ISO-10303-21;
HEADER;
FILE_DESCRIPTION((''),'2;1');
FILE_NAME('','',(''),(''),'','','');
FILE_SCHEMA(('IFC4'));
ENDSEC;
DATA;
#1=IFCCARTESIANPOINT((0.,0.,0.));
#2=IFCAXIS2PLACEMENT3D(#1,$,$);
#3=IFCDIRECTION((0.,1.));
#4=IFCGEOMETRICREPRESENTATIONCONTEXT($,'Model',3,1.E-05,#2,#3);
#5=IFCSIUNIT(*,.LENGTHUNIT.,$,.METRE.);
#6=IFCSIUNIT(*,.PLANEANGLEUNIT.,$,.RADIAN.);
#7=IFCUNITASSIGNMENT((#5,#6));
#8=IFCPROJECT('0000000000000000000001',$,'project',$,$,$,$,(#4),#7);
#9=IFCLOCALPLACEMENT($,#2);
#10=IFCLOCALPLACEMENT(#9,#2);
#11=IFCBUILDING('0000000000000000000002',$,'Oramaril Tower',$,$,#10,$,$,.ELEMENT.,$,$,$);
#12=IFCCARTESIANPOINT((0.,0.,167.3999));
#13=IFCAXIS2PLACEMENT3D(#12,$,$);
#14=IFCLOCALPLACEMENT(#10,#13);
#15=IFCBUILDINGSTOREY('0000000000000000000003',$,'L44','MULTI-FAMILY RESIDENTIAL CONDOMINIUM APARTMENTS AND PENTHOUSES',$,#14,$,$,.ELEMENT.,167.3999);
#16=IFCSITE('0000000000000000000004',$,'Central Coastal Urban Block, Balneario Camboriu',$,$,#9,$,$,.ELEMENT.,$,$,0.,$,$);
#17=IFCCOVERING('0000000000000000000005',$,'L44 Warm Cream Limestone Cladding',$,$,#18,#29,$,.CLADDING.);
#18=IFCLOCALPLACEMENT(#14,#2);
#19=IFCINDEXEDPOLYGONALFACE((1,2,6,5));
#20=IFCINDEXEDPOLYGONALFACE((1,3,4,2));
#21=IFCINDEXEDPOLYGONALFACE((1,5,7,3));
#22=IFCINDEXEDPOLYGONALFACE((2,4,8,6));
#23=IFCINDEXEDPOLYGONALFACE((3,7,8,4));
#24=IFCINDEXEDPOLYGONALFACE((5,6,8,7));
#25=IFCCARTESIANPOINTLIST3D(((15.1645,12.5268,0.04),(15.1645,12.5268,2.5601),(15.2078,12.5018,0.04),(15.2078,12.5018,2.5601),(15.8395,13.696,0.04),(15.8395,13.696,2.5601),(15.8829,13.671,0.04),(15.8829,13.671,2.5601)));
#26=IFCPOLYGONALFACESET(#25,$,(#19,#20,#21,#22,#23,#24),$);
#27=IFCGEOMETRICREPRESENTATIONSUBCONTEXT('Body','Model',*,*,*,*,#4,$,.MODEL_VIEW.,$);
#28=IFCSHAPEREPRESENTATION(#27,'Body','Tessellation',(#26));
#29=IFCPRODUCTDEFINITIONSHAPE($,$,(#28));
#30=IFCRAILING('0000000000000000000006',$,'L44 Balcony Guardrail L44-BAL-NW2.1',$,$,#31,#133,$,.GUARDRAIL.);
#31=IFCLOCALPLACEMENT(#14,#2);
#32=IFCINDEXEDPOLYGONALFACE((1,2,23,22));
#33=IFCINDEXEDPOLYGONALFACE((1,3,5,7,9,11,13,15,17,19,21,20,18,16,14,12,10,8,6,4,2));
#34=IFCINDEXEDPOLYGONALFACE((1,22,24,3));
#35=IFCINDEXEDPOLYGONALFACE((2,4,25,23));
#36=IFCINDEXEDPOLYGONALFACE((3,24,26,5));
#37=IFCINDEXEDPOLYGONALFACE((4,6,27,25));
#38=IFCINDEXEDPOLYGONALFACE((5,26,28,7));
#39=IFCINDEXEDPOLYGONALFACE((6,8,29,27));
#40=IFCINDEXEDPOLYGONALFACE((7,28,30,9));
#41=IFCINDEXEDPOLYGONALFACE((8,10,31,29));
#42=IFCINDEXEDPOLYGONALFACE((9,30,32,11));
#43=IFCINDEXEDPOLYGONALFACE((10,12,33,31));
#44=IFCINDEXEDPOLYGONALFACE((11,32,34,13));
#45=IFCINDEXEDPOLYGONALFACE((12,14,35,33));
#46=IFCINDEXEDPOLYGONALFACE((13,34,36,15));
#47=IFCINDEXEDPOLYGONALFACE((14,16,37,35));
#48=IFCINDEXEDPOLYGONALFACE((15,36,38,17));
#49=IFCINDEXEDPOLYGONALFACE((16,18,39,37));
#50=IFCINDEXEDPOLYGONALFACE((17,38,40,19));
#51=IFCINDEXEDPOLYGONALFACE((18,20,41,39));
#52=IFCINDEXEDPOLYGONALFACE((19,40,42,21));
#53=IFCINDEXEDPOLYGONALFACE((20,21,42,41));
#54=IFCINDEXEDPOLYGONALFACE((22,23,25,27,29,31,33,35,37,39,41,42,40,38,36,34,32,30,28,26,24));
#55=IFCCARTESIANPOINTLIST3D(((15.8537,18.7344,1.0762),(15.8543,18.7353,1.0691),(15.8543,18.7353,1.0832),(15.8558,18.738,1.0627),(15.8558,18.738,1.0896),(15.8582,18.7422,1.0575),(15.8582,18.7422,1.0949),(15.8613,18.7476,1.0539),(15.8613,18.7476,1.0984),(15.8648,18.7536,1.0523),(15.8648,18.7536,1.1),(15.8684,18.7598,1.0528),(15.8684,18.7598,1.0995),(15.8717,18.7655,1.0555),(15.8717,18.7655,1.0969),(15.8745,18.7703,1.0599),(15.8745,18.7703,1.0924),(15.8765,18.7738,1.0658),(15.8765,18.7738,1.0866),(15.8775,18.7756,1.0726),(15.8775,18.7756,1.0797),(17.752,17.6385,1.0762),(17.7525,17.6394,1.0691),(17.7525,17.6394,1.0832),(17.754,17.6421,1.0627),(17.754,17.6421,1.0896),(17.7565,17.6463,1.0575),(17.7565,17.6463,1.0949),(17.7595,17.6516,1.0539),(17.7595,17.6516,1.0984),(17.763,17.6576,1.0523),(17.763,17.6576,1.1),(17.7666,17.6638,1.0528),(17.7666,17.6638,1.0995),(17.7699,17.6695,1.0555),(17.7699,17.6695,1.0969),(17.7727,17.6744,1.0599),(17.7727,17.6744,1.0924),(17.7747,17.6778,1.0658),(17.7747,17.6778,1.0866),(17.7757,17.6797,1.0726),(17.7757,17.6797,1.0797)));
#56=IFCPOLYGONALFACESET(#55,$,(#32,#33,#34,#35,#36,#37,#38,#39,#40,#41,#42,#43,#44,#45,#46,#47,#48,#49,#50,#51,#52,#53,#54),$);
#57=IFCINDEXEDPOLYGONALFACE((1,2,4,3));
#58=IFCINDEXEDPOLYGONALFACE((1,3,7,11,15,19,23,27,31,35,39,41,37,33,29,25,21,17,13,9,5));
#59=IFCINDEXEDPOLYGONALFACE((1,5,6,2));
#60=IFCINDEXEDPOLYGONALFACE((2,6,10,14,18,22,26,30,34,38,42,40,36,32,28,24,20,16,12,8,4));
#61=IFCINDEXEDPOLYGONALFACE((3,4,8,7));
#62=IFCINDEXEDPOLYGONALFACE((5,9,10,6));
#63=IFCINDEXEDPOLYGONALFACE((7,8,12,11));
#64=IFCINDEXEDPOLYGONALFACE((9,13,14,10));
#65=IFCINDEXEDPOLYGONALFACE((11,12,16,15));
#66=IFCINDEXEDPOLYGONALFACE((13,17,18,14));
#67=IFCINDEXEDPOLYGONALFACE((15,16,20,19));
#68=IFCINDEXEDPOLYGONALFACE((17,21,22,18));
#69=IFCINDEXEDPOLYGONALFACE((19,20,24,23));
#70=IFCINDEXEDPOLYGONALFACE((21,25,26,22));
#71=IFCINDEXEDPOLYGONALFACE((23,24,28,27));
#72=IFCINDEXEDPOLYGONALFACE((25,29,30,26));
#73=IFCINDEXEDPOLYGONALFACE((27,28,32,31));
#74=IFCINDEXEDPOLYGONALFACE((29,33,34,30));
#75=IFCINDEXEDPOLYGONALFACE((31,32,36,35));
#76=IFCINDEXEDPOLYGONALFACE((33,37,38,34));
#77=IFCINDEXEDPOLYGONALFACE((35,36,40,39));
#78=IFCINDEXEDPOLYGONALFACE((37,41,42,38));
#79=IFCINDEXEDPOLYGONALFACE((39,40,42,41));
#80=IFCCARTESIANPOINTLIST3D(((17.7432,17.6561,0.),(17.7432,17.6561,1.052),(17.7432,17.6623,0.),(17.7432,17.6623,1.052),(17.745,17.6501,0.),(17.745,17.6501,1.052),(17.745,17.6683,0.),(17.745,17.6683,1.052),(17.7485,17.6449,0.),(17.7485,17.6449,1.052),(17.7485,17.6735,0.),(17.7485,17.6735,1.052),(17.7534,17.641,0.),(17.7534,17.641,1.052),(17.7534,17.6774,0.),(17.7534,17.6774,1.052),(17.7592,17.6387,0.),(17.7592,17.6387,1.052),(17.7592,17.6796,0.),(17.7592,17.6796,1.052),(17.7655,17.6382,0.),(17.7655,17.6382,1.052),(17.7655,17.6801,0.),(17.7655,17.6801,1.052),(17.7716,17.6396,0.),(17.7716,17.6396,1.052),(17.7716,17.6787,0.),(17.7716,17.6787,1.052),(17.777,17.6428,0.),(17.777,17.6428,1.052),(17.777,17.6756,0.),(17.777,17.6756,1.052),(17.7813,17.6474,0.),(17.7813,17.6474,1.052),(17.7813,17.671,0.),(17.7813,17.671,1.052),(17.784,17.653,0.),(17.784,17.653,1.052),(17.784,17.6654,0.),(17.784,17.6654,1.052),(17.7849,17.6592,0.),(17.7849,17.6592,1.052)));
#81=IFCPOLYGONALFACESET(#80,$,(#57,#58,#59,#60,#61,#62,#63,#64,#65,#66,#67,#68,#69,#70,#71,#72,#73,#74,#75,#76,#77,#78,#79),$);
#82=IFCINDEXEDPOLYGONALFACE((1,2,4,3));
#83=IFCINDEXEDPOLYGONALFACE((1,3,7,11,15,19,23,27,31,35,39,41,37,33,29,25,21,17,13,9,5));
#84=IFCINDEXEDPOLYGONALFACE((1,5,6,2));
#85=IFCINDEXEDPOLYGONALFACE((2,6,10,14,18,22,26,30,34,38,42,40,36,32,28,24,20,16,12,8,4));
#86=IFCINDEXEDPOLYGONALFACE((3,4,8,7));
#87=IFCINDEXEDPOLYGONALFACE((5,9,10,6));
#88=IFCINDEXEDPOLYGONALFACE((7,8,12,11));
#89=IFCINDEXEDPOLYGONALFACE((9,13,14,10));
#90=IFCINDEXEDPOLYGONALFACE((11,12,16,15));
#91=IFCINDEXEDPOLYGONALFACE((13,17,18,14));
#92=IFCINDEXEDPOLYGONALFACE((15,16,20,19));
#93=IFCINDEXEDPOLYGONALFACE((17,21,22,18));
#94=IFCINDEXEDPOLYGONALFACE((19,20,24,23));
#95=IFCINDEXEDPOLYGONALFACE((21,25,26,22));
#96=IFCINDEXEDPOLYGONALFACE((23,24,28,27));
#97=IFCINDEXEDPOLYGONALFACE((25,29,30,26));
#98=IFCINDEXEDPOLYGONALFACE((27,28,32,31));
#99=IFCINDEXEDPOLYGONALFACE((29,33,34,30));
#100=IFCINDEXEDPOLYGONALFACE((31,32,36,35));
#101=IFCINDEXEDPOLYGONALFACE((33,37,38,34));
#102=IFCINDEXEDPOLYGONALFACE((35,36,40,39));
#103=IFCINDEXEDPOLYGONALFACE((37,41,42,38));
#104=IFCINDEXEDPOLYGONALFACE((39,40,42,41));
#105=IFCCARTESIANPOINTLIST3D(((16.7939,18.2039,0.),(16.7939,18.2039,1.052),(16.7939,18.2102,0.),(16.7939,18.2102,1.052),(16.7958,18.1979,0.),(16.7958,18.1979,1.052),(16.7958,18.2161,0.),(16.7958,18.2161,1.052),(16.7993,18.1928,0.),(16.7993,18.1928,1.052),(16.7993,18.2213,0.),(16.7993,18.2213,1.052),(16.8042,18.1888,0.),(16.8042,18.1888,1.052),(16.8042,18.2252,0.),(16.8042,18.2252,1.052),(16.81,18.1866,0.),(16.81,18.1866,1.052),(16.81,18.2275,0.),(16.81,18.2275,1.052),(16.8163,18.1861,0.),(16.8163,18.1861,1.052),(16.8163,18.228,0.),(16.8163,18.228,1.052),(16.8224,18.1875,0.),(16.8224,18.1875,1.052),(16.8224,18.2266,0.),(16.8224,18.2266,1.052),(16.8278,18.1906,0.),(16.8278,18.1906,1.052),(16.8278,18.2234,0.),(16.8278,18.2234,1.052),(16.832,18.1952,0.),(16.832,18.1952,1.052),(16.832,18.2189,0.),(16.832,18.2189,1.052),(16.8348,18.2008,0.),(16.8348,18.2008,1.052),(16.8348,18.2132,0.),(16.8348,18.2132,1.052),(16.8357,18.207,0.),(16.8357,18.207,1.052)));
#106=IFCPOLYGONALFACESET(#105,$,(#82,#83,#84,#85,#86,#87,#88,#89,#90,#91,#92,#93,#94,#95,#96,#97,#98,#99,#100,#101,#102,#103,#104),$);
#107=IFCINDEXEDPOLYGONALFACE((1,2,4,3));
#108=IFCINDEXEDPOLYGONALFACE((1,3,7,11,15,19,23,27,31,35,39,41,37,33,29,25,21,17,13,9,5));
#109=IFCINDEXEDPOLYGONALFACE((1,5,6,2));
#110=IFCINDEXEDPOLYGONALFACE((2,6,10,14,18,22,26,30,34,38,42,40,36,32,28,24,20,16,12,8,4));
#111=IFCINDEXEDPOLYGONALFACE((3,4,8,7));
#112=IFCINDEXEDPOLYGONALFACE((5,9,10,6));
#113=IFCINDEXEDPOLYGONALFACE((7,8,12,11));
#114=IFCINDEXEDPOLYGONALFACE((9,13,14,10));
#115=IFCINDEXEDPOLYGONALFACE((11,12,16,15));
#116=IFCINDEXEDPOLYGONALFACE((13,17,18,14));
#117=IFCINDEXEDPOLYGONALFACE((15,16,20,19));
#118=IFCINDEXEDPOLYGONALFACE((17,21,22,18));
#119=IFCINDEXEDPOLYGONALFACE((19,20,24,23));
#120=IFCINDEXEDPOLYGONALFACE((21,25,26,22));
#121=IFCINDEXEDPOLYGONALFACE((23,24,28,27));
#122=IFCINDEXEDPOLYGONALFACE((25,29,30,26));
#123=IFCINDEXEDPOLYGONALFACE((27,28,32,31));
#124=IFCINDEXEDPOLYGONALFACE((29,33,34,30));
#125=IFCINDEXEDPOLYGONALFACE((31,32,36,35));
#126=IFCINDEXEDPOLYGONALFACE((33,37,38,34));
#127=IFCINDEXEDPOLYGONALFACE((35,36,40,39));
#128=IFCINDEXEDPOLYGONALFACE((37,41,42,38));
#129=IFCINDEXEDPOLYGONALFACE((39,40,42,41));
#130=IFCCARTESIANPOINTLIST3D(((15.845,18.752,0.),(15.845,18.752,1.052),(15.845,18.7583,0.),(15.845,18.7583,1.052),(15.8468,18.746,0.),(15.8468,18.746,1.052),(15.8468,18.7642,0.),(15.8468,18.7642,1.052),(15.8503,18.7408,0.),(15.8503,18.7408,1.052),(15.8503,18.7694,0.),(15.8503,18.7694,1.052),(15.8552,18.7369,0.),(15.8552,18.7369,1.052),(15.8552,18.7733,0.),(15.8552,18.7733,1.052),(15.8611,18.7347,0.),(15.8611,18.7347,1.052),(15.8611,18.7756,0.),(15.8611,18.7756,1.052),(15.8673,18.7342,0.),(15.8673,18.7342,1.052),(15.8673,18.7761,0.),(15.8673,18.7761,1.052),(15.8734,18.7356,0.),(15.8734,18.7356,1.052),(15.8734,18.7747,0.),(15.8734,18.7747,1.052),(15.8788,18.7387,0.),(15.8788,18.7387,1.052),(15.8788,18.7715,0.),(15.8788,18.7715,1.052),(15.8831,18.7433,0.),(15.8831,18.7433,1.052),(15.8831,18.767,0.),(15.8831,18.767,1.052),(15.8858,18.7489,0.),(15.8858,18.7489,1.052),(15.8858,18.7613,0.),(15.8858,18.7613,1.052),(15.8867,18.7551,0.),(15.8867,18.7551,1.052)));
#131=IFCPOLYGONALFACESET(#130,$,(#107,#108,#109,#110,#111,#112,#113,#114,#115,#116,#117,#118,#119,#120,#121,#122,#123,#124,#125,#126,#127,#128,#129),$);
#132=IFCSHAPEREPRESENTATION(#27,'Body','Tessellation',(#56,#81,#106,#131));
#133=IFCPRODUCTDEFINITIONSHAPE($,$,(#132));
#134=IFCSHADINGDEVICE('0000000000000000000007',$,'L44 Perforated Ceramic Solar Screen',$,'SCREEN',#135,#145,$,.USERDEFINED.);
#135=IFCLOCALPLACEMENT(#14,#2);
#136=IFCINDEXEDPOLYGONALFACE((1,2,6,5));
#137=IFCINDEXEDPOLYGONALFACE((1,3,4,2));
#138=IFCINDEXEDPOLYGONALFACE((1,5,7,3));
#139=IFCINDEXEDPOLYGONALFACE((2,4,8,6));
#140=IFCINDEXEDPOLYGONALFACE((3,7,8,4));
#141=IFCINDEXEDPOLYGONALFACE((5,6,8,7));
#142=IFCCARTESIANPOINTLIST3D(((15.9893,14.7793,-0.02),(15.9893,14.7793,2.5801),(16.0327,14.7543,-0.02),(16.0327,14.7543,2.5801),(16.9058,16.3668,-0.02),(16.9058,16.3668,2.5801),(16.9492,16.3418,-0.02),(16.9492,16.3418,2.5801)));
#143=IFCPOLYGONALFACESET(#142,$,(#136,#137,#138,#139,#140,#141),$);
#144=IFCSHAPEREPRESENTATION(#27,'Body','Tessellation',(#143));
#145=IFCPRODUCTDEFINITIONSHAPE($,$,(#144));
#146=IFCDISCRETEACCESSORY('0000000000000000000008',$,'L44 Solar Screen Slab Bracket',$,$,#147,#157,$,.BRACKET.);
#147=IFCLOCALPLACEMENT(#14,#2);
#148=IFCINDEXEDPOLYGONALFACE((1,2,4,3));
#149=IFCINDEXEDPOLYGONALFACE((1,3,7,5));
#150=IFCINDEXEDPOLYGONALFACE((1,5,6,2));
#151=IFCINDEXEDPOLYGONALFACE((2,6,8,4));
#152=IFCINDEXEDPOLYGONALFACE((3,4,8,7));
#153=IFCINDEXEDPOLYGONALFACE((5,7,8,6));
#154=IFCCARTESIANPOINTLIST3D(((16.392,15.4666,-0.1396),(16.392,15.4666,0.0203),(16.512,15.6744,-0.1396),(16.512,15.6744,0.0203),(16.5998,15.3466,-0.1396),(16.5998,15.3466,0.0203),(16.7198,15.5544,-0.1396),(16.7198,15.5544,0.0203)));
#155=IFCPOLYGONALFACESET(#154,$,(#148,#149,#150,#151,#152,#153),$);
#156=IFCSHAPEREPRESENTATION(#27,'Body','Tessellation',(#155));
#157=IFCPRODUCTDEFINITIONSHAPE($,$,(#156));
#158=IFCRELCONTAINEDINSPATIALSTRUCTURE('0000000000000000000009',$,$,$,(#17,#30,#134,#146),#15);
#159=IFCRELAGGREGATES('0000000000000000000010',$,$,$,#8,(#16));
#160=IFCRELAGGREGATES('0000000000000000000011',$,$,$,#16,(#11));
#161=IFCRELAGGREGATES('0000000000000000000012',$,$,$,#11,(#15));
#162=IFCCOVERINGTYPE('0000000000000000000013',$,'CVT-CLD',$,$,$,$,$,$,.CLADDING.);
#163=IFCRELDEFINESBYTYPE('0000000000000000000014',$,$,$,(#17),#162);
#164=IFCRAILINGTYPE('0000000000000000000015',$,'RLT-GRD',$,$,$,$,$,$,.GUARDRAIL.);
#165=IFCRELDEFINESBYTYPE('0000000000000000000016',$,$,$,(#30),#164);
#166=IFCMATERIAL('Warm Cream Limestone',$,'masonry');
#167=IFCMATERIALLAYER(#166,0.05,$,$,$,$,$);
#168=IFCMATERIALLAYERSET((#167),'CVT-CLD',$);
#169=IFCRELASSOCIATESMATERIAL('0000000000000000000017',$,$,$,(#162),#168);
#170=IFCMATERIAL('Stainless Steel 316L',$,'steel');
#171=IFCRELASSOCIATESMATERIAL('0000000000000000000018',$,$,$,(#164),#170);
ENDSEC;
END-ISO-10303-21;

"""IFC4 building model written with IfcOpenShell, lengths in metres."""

from ifc_helpers import new_model, si_unit, direction, frame, origin, origin_2d, place, context, subcontext, project, spatial, rectangle, circle, extrude, material, layer, layer_set, type_object, element, save


model = new_model("IFC4")

# Units and contexts
model_context = context("Model", 3, precision=1e-05, world=origin(), true_north=direction((0.0, 1.0)))
body_context = subcontext(model_context, "Body", "Model", "MODEL_VIEW")
ifc_project = project(units=[si_unit("LENGTHUNIT", "METRE"), si_unit("PLANEANGLEUNIT", "RADIAN")], contexts=[model_context])

# Site, building, storey
site_placement = place(None, origin())
site = spatial("IfcSite", under=ifc_project, at=site_placement, Name="Central Coastal Urban Block, Balneario Camboriu", CompositionType="ELEMENT", RefElevation=0.0)
building_placement = place(site_placement, origin())
building = spatial("IfcBuilding", under=site, at=building_placement, Name="Oramaril Tower", CompositionType="ELEMENT")
storey_placement = place(building_placement, frame((0.0, 0.0, 167.3999)))
storey = spatial("IfcBuildingStorey", under=building, at=storey_placement, Name="L44", Description="MULTI-FAMILY RESIDENTIAL CONDOMINIUM APARTMENTS AND PENTHOUSES", CompositionType="ELEMENT", Elevation=167.3999)

# Covering
ifc_material_1 = material(Name="Warm Cream Limestone", Category="masonry")
ifc_layer_1 = layer(ifc_material_1, 0.05)
ifc_layer_set_1 = layer_set([ifc_layer_1], Name="CVT-CLD")
covering_type = type_object("IfcCoveringType", Name="CVT-CLD", PredefinedType="CLADDING", material=ifc_layer_set_1)
covering_placement = place(storey_placement, frame((15.5237, 13.0989, 0.04), z_axis=(0.0, 0.0, 1.0), x_axis=(-0.5, -0.866025, 0.0)))
element("IfcCovering", 1, at=covering_placement, inside=storey, type_object=covering_type, Name="L44 Warm Cream Limestone Cladding", PredefinedType="CLADDING", context=body_context, shape_type="SweptSolid", body=[
    extrude(rectangle(XDim=1.3501, YDim=0.05, at=origin_2d()), origin(), (0.0, 0.0, 1.0), 2.52),
])

# Railing
ifc_material_2 = material(Name="Stainless Steel 316L", Category="steel")
railing_type = type_object("IfcRailingType", Name="RLT-GRD", PredefinedType="GUARDRAIL", material=ifc_material_2)
railing_1_placement = place(storey_placement, frame((17.7639, 17.6592, 0.0)))
element("IfcRailing", 2, at=railing_1_placement, inside=storey, type_object=railing_type, Name="L44 Balcony Guardrail L44-BAL-NW2.1", PredefinedType="GUARDRAIL", context=body_context, shape_type="SweptSolid", body=[
    extrude(circle(Radius=0.0239, at=origin_2d()), frame((0.0, 0.0, 1.0762), z_axis=(-0.866021, 0.500008, 0.0), x_axis=(-0.500008, -0.866021, 0.0)), (0.0, 0.0, 1.0), 2.1919),
    extrude(circle(Radius=0.021, at=origin_2d()), origin(), (0.0, 0.0, 1.0), 1.052),
    extrude(circle(Radius=0.021, at=origin_2d()), frame((-0.9492, 0.5479, 0.0)), (0.0, 0.0, 1.0), 1.052),
    extrude(circle(Radius=0.021, at=origin_2d()), frame((-1.8982, 1.0959, 0.0)), (0.0, 0.0, 1.0), 1.052),
])

# Shading device
shading_device_placement = place(storey_placement, frame((16.4692, 15.5605, -0.02), z_axis=(0.0, 0.0, 1.0), x_axis=(-0.5, -0.866025, 0.0)))
element("IfcShadingDevice", 3, at=shading_device_placement, inside=storey, Name="L44 Perforated Ceramic Solar Screen", ObjectType="SCREEN", PredefinedType="USERDEFINED", context=body_context, shape_type="SweptSolid", body=[
    extrude(rectangle(XDim=1.833, YDim=0.05, at=origin_2d()), origin(), (0.0, 0.0, 1.0), 2.6001),
])

# Discrete accessory
discrete_accessory_placement = place(storey_placement, frame((16.5559, 15.5105, -0.1396), z_axis=(0.0, 0.0, 1.0), x_axis=(-0.5, -0.866025, 0.0)))
element("IfcDiscreteAccessory", 4, at=discrete_accessory_placement, inside=storey, Name="L44 Solar Screen Slab Bracket", PredefinedType="BRACKET", context=body_context, shape_type="SweptSolid", body=[
    extrude(rectangle(XDim=0.24, YDim=0.24, at=origin_2d()), origin(), (0.0, 0.0, 1.0), 0.1599),
])

save(model, "model.ifc")
